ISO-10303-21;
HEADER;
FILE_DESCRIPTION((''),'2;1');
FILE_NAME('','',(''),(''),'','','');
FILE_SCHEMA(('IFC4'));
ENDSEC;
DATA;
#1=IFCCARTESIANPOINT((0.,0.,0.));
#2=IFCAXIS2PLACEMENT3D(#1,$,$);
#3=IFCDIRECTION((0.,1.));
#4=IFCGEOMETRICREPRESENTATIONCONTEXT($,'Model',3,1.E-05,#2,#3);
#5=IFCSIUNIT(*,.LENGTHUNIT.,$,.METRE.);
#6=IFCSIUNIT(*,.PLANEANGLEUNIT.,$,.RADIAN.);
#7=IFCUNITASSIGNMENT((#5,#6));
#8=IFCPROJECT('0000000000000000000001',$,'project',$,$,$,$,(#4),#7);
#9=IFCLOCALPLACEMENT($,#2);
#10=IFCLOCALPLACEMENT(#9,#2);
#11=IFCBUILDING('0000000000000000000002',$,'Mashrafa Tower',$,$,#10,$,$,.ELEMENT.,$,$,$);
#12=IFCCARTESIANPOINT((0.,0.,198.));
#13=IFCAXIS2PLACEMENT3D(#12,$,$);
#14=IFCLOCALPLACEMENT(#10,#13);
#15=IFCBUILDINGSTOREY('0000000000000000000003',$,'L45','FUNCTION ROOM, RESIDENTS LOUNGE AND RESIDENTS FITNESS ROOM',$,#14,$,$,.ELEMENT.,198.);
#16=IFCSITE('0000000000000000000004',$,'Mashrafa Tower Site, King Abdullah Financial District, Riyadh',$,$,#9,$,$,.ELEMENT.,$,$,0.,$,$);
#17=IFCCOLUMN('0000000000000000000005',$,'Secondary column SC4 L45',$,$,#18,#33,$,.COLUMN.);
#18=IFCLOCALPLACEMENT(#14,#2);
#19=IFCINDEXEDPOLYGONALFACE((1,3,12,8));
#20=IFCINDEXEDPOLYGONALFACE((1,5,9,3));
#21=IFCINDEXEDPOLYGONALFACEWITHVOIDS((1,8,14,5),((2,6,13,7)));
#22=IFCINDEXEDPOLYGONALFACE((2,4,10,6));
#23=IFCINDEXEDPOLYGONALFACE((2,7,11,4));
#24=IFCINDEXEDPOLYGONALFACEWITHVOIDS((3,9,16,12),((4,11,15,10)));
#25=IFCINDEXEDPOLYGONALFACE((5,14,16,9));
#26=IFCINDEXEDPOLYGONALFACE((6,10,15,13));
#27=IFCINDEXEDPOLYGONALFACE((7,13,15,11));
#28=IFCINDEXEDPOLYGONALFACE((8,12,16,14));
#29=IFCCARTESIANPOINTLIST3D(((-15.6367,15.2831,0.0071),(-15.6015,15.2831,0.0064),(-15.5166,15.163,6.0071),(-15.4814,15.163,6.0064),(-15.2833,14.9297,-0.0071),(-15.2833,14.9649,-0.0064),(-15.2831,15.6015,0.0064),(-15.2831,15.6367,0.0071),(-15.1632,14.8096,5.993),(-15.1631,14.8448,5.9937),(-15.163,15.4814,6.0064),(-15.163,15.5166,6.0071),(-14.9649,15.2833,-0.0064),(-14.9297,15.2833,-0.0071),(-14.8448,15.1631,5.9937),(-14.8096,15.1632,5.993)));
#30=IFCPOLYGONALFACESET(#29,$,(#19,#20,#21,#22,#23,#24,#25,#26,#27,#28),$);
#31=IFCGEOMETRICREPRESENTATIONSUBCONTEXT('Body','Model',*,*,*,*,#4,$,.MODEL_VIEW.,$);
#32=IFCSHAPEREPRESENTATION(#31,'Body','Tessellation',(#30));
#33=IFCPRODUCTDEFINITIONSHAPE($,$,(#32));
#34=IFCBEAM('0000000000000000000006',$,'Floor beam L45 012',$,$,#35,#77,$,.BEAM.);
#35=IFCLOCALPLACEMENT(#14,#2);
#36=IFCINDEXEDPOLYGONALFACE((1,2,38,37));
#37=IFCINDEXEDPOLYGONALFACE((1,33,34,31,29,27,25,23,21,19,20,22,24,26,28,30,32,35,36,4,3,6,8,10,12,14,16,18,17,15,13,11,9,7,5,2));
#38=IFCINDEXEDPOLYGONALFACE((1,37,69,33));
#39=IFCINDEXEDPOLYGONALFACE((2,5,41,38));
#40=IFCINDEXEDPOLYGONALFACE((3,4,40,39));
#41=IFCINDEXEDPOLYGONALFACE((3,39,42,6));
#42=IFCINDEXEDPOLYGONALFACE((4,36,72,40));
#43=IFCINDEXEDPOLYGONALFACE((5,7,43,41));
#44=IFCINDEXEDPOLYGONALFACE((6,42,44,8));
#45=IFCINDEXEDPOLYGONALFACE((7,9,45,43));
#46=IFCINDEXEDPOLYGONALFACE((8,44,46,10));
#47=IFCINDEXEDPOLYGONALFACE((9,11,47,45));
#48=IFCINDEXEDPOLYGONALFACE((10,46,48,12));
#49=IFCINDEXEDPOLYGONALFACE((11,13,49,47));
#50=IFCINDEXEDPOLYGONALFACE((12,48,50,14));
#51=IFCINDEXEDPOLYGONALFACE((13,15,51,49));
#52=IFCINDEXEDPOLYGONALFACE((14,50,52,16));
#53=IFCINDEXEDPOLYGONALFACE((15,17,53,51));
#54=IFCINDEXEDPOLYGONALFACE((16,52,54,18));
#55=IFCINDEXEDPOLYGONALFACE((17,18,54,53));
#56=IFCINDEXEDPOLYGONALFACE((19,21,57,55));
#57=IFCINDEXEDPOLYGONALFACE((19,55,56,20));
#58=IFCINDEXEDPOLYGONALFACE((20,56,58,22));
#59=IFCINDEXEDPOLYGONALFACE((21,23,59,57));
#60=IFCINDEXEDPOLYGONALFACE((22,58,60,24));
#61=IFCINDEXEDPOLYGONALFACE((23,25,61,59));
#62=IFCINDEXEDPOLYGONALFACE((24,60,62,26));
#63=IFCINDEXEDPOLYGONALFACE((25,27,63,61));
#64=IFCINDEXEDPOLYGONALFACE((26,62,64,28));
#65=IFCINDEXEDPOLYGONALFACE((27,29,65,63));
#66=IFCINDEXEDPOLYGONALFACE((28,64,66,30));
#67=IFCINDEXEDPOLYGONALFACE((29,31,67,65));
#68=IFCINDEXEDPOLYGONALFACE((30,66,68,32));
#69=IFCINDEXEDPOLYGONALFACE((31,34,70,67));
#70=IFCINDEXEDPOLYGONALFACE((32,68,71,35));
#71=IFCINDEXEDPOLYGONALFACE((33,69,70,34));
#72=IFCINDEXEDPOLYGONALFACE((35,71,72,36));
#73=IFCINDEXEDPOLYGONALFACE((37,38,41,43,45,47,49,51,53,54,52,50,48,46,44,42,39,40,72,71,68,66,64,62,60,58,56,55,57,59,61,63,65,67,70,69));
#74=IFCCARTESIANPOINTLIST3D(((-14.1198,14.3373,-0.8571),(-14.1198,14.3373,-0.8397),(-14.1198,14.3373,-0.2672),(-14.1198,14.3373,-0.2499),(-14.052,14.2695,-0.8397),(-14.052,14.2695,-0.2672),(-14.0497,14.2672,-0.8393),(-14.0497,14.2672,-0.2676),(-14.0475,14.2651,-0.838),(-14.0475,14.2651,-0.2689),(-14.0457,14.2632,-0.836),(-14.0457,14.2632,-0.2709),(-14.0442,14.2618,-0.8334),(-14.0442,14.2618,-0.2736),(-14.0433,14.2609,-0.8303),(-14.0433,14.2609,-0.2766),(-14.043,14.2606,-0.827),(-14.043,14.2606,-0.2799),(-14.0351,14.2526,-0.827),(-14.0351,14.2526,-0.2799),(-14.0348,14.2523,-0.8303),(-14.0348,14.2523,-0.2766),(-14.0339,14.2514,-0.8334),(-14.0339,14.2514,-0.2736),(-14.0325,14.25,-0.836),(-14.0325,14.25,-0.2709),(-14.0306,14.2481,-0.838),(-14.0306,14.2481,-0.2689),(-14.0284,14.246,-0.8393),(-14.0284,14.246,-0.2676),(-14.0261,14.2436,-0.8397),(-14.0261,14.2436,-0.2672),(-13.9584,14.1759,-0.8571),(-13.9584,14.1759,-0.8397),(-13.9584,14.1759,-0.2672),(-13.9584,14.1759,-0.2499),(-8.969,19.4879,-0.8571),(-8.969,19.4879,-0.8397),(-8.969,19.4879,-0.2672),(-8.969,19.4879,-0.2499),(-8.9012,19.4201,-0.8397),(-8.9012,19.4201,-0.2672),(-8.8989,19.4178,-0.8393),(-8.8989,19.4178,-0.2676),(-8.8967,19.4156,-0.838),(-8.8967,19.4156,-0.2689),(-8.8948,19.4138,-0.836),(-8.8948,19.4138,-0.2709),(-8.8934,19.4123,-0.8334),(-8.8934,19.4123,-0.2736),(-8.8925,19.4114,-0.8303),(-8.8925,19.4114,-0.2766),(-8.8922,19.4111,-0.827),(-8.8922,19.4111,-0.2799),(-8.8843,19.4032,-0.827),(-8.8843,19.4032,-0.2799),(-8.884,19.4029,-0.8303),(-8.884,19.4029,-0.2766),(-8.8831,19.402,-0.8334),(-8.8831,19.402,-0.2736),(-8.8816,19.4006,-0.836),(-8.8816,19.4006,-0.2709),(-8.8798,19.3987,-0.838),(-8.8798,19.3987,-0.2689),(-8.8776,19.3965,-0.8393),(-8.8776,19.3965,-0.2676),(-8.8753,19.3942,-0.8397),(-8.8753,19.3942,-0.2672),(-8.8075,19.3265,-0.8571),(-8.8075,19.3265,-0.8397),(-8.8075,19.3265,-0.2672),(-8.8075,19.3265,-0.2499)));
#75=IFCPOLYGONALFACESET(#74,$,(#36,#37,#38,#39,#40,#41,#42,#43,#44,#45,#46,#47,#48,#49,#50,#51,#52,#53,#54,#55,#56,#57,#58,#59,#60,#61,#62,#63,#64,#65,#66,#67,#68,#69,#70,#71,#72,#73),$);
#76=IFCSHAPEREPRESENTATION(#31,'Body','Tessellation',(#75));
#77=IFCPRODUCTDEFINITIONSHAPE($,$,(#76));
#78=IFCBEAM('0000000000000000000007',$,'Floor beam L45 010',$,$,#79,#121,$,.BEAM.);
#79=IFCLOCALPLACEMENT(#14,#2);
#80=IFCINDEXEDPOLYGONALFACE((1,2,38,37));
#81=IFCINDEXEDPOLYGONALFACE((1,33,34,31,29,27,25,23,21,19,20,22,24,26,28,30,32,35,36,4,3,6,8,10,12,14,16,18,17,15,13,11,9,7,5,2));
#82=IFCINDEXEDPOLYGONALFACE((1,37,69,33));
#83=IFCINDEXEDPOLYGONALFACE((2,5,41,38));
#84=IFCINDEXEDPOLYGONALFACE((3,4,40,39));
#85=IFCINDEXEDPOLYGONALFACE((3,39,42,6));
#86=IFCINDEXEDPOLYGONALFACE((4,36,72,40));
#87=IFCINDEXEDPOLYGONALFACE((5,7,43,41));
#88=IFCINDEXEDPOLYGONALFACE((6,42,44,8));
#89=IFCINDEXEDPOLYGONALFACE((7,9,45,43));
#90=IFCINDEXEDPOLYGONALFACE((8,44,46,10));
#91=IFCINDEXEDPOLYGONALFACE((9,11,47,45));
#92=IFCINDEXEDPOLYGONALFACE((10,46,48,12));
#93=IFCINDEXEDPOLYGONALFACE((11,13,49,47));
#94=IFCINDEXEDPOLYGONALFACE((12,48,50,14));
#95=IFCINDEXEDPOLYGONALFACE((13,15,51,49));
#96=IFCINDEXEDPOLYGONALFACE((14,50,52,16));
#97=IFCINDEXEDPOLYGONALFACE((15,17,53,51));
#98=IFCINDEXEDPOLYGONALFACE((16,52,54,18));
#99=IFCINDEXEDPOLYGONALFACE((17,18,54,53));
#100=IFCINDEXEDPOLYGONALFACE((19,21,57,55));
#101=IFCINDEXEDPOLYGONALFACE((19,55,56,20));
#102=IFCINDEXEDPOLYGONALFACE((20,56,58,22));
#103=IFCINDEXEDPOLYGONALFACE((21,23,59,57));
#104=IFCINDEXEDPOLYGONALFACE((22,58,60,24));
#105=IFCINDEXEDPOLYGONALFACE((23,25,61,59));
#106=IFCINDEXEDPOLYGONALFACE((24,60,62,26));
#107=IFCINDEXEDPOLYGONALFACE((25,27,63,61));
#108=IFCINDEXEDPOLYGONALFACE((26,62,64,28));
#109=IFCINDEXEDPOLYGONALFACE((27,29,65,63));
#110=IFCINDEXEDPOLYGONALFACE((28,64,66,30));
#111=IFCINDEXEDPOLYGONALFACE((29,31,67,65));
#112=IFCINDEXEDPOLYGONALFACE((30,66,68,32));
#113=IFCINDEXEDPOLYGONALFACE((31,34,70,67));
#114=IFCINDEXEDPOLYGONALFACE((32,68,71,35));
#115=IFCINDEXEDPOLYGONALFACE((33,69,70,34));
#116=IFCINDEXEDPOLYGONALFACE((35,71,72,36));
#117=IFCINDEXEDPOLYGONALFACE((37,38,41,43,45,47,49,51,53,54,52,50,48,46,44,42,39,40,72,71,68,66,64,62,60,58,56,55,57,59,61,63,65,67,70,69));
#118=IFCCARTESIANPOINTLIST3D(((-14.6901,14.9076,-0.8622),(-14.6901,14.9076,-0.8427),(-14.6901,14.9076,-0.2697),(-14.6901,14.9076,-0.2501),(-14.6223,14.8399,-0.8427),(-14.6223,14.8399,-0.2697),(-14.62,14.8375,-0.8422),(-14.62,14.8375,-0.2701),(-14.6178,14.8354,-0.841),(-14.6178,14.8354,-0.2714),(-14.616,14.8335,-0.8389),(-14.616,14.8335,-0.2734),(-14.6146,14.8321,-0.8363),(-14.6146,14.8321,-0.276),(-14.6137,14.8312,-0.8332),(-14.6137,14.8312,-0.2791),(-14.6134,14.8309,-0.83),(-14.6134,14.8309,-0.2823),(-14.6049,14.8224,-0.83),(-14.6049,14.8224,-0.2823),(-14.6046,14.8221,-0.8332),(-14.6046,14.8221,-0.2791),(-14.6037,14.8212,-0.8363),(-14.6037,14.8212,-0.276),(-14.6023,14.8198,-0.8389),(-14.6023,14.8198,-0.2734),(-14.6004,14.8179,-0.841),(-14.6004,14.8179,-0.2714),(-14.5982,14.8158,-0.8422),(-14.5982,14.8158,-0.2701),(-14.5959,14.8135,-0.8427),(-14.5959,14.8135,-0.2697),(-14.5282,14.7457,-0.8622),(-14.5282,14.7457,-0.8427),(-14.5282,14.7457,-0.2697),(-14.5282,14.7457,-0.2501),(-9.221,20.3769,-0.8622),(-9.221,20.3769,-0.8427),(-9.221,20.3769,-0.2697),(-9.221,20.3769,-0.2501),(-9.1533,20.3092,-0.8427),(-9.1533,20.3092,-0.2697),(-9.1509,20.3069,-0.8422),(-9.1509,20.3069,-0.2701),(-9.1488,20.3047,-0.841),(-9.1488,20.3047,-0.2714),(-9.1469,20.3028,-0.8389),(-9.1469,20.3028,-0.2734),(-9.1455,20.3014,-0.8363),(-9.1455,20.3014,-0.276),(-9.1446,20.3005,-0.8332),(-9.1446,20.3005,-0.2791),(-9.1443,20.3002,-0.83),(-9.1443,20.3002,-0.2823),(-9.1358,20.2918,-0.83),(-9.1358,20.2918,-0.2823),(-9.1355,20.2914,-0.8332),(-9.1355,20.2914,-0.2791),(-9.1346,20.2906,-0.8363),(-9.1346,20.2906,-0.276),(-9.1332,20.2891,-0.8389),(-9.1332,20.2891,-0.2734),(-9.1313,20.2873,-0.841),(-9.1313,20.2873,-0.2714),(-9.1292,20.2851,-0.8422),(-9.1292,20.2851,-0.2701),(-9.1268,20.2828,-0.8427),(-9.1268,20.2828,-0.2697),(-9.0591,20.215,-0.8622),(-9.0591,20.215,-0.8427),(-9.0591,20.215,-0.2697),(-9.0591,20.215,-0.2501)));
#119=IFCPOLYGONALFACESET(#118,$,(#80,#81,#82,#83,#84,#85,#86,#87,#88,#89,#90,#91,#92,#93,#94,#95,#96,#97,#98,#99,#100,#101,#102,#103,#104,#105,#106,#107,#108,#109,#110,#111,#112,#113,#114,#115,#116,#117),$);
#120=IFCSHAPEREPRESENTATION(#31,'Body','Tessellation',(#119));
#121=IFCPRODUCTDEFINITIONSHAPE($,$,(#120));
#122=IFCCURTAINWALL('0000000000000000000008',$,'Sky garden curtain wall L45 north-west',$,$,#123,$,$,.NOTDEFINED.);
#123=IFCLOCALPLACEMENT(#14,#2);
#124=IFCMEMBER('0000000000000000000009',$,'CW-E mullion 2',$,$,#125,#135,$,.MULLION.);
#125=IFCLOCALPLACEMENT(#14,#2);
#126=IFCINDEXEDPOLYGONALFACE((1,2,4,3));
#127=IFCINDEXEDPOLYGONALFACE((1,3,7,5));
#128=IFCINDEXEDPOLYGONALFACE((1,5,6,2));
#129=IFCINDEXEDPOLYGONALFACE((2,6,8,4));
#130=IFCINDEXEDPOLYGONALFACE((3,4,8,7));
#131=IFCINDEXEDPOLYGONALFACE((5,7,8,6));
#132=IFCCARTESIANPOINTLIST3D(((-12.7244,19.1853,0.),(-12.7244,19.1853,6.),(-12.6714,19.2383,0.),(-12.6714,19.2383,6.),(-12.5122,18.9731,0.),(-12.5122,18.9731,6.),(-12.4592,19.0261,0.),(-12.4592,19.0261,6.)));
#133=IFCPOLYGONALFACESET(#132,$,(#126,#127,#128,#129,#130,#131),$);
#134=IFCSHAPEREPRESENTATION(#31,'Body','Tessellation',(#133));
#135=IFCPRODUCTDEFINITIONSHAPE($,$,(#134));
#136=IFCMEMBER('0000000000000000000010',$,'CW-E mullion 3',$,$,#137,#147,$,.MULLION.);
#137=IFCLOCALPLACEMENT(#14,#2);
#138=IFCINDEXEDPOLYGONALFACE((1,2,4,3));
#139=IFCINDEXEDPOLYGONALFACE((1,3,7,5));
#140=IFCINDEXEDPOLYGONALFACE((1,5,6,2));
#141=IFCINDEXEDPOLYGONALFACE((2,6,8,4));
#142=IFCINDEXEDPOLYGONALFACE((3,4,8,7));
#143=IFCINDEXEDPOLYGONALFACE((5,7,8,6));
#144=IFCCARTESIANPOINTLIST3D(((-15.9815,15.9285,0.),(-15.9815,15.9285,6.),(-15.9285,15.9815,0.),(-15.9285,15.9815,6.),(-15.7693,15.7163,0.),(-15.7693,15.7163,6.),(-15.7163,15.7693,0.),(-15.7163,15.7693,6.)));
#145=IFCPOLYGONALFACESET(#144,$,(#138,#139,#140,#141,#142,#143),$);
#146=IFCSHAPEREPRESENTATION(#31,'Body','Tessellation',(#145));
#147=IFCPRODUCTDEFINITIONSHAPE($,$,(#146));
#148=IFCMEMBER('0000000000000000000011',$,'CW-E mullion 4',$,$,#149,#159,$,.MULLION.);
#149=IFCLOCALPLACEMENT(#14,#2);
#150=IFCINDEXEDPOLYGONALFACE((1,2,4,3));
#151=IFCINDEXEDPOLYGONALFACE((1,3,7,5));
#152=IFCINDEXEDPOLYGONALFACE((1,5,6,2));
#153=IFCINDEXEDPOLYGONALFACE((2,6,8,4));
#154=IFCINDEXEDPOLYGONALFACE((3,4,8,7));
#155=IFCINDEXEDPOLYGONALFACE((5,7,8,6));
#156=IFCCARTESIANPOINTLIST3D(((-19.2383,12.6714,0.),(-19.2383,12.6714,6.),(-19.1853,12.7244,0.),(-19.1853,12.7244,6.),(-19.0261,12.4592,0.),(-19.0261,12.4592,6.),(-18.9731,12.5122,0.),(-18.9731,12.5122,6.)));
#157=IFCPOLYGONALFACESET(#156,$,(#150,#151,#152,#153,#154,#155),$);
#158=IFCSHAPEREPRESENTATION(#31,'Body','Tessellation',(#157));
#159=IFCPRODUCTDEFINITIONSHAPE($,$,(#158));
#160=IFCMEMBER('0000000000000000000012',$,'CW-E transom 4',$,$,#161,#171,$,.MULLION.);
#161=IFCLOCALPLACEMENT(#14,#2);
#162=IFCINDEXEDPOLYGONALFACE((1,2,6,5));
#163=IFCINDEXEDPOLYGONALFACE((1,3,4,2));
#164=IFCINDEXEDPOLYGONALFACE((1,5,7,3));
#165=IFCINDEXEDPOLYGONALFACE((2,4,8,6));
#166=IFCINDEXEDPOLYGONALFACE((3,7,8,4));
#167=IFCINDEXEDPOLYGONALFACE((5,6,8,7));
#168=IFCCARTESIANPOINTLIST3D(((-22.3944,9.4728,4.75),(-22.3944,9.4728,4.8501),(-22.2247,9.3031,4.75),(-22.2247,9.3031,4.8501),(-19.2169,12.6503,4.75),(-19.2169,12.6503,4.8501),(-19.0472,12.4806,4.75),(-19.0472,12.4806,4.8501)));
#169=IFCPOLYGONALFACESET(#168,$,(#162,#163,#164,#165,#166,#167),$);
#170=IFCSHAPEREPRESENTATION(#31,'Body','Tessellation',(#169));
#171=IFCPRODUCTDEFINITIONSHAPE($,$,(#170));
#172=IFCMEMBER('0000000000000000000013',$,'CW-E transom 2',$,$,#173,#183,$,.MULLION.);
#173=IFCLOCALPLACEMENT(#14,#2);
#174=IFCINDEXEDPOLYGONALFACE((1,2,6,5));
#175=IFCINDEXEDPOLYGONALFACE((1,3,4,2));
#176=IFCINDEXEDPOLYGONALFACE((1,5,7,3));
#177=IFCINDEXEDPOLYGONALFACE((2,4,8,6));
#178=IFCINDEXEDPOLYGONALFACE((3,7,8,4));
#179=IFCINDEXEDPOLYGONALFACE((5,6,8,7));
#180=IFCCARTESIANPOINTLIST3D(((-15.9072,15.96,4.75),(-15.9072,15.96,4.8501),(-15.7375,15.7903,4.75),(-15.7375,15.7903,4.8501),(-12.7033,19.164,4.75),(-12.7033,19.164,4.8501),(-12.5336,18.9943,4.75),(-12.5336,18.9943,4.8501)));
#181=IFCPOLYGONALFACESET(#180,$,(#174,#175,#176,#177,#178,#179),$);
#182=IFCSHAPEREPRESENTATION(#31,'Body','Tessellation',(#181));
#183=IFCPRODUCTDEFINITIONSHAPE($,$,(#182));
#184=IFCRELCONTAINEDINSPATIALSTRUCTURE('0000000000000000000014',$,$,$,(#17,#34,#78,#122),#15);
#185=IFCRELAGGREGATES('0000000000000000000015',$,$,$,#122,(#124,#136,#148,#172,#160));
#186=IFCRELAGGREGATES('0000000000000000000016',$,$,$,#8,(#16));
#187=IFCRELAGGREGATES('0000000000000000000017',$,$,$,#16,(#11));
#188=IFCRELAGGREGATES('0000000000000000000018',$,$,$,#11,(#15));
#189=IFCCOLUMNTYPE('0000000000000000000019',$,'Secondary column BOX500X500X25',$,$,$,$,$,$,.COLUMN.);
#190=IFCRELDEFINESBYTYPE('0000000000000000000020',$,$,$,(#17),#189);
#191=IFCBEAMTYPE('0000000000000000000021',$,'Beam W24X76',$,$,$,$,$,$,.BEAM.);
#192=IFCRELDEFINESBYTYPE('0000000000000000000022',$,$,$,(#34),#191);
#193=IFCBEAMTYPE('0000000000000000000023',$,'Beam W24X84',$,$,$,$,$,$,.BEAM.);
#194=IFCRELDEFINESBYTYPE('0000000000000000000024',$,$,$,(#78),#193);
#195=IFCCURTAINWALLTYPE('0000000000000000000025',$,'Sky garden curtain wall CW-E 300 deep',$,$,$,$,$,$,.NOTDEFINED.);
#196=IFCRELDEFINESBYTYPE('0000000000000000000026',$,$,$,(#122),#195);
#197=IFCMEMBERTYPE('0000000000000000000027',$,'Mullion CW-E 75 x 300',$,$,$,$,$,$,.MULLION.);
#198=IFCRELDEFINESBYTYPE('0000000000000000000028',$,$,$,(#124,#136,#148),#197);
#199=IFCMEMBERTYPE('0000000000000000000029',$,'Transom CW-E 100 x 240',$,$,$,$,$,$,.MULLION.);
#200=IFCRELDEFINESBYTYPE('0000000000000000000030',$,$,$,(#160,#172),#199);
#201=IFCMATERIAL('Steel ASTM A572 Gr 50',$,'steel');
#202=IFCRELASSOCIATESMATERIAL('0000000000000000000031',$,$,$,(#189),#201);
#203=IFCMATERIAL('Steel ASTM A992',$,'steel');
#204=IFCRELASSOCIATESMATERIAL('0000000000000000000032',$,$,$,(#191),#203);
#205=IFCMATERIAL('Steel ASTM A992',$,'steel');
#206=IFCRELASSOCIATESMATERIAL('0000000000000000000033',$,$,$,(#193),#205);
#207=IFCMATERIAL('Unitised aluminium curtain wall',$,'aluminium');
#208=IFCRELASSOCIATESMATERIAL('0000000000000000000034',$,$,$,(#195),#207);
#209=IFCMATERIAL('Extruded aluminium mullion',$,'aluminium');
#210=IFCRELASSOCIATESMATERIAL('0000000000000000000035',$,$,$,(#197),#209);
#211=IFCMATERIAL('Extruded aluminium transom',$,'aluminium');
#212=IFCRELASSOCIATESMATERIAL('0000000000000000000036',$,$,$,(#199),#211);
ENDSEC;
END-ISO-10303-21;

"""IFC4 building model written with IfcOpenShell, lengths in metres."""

from ifc_helpers import new_model, si_unit, direction, frame, origin, origin_2d, place, context, subcontext, project, spatial, rectangle, hollow_rectangle, i_section, extrude, source, transform, mapped, material, material_profile, profile_set, type_object, type_shapes, element, aggregate, save


model = new_model("IFC4")

# Units and contexts
model_context = context("Model", 3, precision=1e-05, world=origin(), true_north=direction((0.0, 1.0)))
body_context = subcontext(model_context, "Body", "Model", "MODEL_VIEW")
ifc_project = project(units=[si_unit("LENGTHUNIT", "METRE"), si_unit("PLANEANGLEUNIT", "RADIAN")], contexts=[model_context])

# Site, building, storey
site_placement = place(None, origin())
site = spatial("IfcSite", under=ifc_project, at=site_placement, Name="Mashrafa Tower Site, King Abdullah Financial District, Riyadh", CompositionType="ELEMENT", RefElevation=0.0)
building_placement = place(site_placement, origin())
building = spatial("IfcBuilding", under=site, at=building_placement, Name="Mashrafa Tower", CompositionType="ELEMENT")
storey_placement = place(building_placement, frame((0.0, 0.0, 198.0)))
storey = spatial("IfcBuildingStorey", under=building, at=storey_placement, Name="L45", Description="FUNCTION ROOM, RESIDENTS LOUNGE AND RESIDENTS FITNESS ROOM", CompositionType="ELEMENT", Elevation=198.0)

# Column
ifc_material_1 = material(Name="Steel ASTM A572 Gr 50", Category="steel")
ifc_material_profile_1 = material_profile(ifc_material_1, hollow_rectangle(XDim=0.5, YDim=0.5, WallThickness=0.0249, at=origin_2d()), Name="BOX500X500X25")
ifc_profile_set_1 = profile_set([ifc_material_profile_1], Name="Steel ASTM A572 Gr 50")
column_type = type_object("IfcColumnType", Name="Secondary column BOX500X500X25", PredefinedType="COLUMN", material=ifc_profile_set_1)
column_placement = place(storey_placement, frame((-15.2832, 15.2832, 0.0), z_axis=(0.020012, -0.020012, 0.999599), x_axis=(0.707107, 0.707107, 0.0)))
element("IfcColumn", 1, at=column_placement, inside=storey, type_object=column_type, Name="Secondary column SC4 L45", PredefinedType="COLUMN", context=body_context, shape_type="SweptSolid", body=[
    extrude(hollow_rectangle(XDim=0.5, YDim=0.5, WallThickness=0.0249, at=origin_2d()), origin(), (0.0, 0.0, 1.0), 6.0024),
])

# Beams
ifc_material_2 = material(Name="Steel ASTM A992", Category="steel")
ifc_material_profile_2 = material_profile(ifc_material_2, i_section(OverallWidth=0.2283, OverallDepth=0.6072, WebThickness=0.0112, FlangeThickness=0.0173, FilletRadius=0.0127, at=origin_2d()), Name="W24X76")
ifc_profile_set_2 = profile_set([ifc_material_profile_2], Name="Steel ASTM A992")
beam_type_1 = type_object("IfcBeamType", Name="Beam W24X76", PredefinedType="BEAM", material=ifc_profile_set_2)
beam_1_placement = place(storey_placement, frame((-14.0391, 14.2566, -0.5535), z_axis=(0.707124, 0.70709, 0.0), x_axis=(-0.70709, 0.707124, 0.0)))
element("IfcBeam", 2, at=beam_1_placement, inside=storey, type_object=beam_type_1, Name="Floor beam L45 012", PredefinedType="BEAM", context=body_context, shape_type="SweptSolid", body=[
    extrude(i_section(OverallWidth=0.2283, OverallDepth=0.6072, WebThickness=0.0112, FlangeThickness=0.0173, FilletRadius=0.0127, at=origin_2d()), origin(), (0.0, 0.0, 1.0), 7.2842),
])
ifc_material_3 = material(Name="Steel ASTM A992", Category="steel")
ifc_material_profile_3 = material_profile(ifc_material_3, i_section(OverallWidth=0.229, OverallDepth=0.6121, WebThickness=0.012, FlangeThickness=0.0195, FilletRadius=0.0127, at=origin_2d()), Name="W24X84")
ifc_profile_set_3 = profile_set([ifc_material_profile_3], Name="Steel ASTM A992")
beam_type_2 = type_object("IfcBeamType", Name="Beam W24X84", PredefinedType="BEAM", material=ifc_profile_set_3)
beam_2_placement = place(storey_placement, frame((-14.6091, 14.8267, -0.5562), z_axis=(0.707091, 0.707123, 0.0), x_axis=(-0.707123, 0.707091, 0.0)))
element("IfcBeam", 3, at=beam_2_placement, inside=storey, type_object=beam_type_2, Name="Floor beam L45 010", PredefinedType="BEAM", context=body_context, shape_type="SweptSolid", body=[
    extrude(i_section(OverallWidth=0.229, OverallDepth=0.6121, WebThickness=0.012, FlangeThickness=0.0195, FilletRadius=0.0127, at=origin_2d()), origin(), (0.0, 0.0, 1.0), 7.7346),
])

# Curtain wall, members
ifc_material_4 = material(Name="Unitised aluminium curtain wall", Category="aluminium")
curtain_wall_type = type_object("IfcCurtainWallType", Name="Sky garden curtain wall CW-E 300 deep", PredefinedType="NOTDEFINED", material=ifc_material_4)
curtain_wall_placement = place(storey_placement, origin())
curtain_wall = element("IfcCurtainWall", 4, at=curtain_wall_placement, inside=storey, type_object=curtain_wall_type, Name="Sky garden curtain wall L45 north-west", PredefinedType="NOTDEFINED")
ifc_material_5 = material(Name="Extruded aluminium mullion", Category="aluminium")
ifc_material_profile_4 = material_profile(ifc_material_5, rectangle(XDim=0.3, YDim=0.075, at=origin_2d()), Name="Mullion 75x300")
ifc_profile_set_4 = profile_set([ifc_material_profile_4], Name="Extruded aluminium mullion")
member_type_1 = type_object("IfcMemberType", Name="Mullion CW-E 75 x 300", PredefinedType="MULLION", material=ifc_profile_set_4)
shared_shape_1 = source(origin(), body_context, "Body", "SweptSolid", [
    extrude(rectangle(XDim=0.3, YDim=0.075, at=origin_2d()), origin(), (0.0, 0.0, 1.0), 6.0),
])
type_shapes(member_type_1, [shared_shape_1])
member_1_placement = place(storey_placement, frame((-12.5918, 19.1057, 0.0), z_axis=(0.0, 0.0, 1.0), x_axis=(0.707107, -0.707107, 0.0)))
member_1 = element("IfcMember", 5, at=member_1_placement, type_object=member_type_1, Name="CW-E mullion 2", PredefinedType="MULLION", context=body_context, shape_type="MappedRepresentation", body=[
    mapped(shared_shape_1, transform((0.0, 0.0, 0.0))),
])
member_2_placement = place(storey_placement, frame((-15.8489, 15.8489, 0.0), z_axis=(0.0, 0.0, 1.0), x_axis=(0.707107, -0.707107, 0.0)))
member_2 = element("IfcMember", 6, at=member_2_placement, type_object=member_type_1, Name="CW-E mullion 3", PredefinedType="MULLION", context=body_context, shape_type="MappedRepresentation", body=[
    mapped(shared_shape_1, transform((0.0, 0.0, 0.0))),
])
member_3_placement = place(storey_placement, frame((-19.1057, 12.5918, 0.0), z_axis=(0.0, 0.0, 1.0), x_axis=(0.707107, -0.707107, 0.0)))
member_3 = element("IfcMember", 7, at=member_3_placement, type_object=member_type_1, Name="CW-E mullion 4", PredefinedType="MULLION", context=body_context, shape_type="MappedRepresentation", body=[
    mapped(shared_shape_1, transform((0.0, 0.0, 0.0))),
])
ifc_material_6 = material(Name="Extruded aluminium transom", Category="aluminium")
ifc_material_profile_5 = material_profile(ifc_material_6, rectangle(XDim=0.24, YDim=0.1001, at=origin_2d()), Name="Transom 100x240")
ifc_profile_set_5 = profile_set([ifc_material_profile_5], Name="Extruded aluminium transom")
member_type_2 = type_object("IfcMemberType", Name="Transom CW-E 100 x 240", PredefinedType="MULLION", material=ifc_profile_set_5)
shared_shape_2 = source(origin(), body_context, "Body", "SweptSolid", [
    extrude(rectangle(XDim=0.24, YDim=0.1001, at=origin_2d()), origin(), (0.0, 0.0, 1.0), 4.4937),
])
member_4_placement = place(storey_placement, frame((-19.1321, 12.5654, 4.8), z_axis=(-0.707107, -0.707107, 0.0), x_axis=(0.707107, -0.707107, 0.0)))
member_4 = element("IfcMember", 8, at=member_4_placement, type_object=member_type_2, Name="CW-E transom 4", PredefinedType="MULLION", context=body_context, shape_type="MappedRepresentation", body=[
    mapped(shared_shape_2, transform((0.0, 0.0, 0.0))),
])
shared_shape_3 = source(origin(), body_context, "Body", "SweptSolid", [
    extrude(rectangle(XDim=0.24, YDim=0.1001, at=origin_2d()), origin(), (0.0, 0.0, 1.0), 4.531),
])
type_shapes(member_type_2, [shared_shape_2, shared_shape_3])
member_5_placement = place(storey_placement, frame((-12.6184, 19.0791, 4.8), z_axis=(-0.707107, -0.707107, 0.0), x_axis=(0.707107, -0.707107, 0.0)))
member_5 = element("IfcMember", 9, at=member_5_placement, type_object=member_type_2, Name="CW-E transom 2", PredefinedType="MULLION", context=body_context, shape_type="MappedRepresentation", body=[
    mapped(shared_shape_3, transform((0.0, 0.0, 0.0))),
])
aggregate(curtain_wall, [member_1, member_2, member_3, member_5, member_4])

save(model, "model.ifc")
